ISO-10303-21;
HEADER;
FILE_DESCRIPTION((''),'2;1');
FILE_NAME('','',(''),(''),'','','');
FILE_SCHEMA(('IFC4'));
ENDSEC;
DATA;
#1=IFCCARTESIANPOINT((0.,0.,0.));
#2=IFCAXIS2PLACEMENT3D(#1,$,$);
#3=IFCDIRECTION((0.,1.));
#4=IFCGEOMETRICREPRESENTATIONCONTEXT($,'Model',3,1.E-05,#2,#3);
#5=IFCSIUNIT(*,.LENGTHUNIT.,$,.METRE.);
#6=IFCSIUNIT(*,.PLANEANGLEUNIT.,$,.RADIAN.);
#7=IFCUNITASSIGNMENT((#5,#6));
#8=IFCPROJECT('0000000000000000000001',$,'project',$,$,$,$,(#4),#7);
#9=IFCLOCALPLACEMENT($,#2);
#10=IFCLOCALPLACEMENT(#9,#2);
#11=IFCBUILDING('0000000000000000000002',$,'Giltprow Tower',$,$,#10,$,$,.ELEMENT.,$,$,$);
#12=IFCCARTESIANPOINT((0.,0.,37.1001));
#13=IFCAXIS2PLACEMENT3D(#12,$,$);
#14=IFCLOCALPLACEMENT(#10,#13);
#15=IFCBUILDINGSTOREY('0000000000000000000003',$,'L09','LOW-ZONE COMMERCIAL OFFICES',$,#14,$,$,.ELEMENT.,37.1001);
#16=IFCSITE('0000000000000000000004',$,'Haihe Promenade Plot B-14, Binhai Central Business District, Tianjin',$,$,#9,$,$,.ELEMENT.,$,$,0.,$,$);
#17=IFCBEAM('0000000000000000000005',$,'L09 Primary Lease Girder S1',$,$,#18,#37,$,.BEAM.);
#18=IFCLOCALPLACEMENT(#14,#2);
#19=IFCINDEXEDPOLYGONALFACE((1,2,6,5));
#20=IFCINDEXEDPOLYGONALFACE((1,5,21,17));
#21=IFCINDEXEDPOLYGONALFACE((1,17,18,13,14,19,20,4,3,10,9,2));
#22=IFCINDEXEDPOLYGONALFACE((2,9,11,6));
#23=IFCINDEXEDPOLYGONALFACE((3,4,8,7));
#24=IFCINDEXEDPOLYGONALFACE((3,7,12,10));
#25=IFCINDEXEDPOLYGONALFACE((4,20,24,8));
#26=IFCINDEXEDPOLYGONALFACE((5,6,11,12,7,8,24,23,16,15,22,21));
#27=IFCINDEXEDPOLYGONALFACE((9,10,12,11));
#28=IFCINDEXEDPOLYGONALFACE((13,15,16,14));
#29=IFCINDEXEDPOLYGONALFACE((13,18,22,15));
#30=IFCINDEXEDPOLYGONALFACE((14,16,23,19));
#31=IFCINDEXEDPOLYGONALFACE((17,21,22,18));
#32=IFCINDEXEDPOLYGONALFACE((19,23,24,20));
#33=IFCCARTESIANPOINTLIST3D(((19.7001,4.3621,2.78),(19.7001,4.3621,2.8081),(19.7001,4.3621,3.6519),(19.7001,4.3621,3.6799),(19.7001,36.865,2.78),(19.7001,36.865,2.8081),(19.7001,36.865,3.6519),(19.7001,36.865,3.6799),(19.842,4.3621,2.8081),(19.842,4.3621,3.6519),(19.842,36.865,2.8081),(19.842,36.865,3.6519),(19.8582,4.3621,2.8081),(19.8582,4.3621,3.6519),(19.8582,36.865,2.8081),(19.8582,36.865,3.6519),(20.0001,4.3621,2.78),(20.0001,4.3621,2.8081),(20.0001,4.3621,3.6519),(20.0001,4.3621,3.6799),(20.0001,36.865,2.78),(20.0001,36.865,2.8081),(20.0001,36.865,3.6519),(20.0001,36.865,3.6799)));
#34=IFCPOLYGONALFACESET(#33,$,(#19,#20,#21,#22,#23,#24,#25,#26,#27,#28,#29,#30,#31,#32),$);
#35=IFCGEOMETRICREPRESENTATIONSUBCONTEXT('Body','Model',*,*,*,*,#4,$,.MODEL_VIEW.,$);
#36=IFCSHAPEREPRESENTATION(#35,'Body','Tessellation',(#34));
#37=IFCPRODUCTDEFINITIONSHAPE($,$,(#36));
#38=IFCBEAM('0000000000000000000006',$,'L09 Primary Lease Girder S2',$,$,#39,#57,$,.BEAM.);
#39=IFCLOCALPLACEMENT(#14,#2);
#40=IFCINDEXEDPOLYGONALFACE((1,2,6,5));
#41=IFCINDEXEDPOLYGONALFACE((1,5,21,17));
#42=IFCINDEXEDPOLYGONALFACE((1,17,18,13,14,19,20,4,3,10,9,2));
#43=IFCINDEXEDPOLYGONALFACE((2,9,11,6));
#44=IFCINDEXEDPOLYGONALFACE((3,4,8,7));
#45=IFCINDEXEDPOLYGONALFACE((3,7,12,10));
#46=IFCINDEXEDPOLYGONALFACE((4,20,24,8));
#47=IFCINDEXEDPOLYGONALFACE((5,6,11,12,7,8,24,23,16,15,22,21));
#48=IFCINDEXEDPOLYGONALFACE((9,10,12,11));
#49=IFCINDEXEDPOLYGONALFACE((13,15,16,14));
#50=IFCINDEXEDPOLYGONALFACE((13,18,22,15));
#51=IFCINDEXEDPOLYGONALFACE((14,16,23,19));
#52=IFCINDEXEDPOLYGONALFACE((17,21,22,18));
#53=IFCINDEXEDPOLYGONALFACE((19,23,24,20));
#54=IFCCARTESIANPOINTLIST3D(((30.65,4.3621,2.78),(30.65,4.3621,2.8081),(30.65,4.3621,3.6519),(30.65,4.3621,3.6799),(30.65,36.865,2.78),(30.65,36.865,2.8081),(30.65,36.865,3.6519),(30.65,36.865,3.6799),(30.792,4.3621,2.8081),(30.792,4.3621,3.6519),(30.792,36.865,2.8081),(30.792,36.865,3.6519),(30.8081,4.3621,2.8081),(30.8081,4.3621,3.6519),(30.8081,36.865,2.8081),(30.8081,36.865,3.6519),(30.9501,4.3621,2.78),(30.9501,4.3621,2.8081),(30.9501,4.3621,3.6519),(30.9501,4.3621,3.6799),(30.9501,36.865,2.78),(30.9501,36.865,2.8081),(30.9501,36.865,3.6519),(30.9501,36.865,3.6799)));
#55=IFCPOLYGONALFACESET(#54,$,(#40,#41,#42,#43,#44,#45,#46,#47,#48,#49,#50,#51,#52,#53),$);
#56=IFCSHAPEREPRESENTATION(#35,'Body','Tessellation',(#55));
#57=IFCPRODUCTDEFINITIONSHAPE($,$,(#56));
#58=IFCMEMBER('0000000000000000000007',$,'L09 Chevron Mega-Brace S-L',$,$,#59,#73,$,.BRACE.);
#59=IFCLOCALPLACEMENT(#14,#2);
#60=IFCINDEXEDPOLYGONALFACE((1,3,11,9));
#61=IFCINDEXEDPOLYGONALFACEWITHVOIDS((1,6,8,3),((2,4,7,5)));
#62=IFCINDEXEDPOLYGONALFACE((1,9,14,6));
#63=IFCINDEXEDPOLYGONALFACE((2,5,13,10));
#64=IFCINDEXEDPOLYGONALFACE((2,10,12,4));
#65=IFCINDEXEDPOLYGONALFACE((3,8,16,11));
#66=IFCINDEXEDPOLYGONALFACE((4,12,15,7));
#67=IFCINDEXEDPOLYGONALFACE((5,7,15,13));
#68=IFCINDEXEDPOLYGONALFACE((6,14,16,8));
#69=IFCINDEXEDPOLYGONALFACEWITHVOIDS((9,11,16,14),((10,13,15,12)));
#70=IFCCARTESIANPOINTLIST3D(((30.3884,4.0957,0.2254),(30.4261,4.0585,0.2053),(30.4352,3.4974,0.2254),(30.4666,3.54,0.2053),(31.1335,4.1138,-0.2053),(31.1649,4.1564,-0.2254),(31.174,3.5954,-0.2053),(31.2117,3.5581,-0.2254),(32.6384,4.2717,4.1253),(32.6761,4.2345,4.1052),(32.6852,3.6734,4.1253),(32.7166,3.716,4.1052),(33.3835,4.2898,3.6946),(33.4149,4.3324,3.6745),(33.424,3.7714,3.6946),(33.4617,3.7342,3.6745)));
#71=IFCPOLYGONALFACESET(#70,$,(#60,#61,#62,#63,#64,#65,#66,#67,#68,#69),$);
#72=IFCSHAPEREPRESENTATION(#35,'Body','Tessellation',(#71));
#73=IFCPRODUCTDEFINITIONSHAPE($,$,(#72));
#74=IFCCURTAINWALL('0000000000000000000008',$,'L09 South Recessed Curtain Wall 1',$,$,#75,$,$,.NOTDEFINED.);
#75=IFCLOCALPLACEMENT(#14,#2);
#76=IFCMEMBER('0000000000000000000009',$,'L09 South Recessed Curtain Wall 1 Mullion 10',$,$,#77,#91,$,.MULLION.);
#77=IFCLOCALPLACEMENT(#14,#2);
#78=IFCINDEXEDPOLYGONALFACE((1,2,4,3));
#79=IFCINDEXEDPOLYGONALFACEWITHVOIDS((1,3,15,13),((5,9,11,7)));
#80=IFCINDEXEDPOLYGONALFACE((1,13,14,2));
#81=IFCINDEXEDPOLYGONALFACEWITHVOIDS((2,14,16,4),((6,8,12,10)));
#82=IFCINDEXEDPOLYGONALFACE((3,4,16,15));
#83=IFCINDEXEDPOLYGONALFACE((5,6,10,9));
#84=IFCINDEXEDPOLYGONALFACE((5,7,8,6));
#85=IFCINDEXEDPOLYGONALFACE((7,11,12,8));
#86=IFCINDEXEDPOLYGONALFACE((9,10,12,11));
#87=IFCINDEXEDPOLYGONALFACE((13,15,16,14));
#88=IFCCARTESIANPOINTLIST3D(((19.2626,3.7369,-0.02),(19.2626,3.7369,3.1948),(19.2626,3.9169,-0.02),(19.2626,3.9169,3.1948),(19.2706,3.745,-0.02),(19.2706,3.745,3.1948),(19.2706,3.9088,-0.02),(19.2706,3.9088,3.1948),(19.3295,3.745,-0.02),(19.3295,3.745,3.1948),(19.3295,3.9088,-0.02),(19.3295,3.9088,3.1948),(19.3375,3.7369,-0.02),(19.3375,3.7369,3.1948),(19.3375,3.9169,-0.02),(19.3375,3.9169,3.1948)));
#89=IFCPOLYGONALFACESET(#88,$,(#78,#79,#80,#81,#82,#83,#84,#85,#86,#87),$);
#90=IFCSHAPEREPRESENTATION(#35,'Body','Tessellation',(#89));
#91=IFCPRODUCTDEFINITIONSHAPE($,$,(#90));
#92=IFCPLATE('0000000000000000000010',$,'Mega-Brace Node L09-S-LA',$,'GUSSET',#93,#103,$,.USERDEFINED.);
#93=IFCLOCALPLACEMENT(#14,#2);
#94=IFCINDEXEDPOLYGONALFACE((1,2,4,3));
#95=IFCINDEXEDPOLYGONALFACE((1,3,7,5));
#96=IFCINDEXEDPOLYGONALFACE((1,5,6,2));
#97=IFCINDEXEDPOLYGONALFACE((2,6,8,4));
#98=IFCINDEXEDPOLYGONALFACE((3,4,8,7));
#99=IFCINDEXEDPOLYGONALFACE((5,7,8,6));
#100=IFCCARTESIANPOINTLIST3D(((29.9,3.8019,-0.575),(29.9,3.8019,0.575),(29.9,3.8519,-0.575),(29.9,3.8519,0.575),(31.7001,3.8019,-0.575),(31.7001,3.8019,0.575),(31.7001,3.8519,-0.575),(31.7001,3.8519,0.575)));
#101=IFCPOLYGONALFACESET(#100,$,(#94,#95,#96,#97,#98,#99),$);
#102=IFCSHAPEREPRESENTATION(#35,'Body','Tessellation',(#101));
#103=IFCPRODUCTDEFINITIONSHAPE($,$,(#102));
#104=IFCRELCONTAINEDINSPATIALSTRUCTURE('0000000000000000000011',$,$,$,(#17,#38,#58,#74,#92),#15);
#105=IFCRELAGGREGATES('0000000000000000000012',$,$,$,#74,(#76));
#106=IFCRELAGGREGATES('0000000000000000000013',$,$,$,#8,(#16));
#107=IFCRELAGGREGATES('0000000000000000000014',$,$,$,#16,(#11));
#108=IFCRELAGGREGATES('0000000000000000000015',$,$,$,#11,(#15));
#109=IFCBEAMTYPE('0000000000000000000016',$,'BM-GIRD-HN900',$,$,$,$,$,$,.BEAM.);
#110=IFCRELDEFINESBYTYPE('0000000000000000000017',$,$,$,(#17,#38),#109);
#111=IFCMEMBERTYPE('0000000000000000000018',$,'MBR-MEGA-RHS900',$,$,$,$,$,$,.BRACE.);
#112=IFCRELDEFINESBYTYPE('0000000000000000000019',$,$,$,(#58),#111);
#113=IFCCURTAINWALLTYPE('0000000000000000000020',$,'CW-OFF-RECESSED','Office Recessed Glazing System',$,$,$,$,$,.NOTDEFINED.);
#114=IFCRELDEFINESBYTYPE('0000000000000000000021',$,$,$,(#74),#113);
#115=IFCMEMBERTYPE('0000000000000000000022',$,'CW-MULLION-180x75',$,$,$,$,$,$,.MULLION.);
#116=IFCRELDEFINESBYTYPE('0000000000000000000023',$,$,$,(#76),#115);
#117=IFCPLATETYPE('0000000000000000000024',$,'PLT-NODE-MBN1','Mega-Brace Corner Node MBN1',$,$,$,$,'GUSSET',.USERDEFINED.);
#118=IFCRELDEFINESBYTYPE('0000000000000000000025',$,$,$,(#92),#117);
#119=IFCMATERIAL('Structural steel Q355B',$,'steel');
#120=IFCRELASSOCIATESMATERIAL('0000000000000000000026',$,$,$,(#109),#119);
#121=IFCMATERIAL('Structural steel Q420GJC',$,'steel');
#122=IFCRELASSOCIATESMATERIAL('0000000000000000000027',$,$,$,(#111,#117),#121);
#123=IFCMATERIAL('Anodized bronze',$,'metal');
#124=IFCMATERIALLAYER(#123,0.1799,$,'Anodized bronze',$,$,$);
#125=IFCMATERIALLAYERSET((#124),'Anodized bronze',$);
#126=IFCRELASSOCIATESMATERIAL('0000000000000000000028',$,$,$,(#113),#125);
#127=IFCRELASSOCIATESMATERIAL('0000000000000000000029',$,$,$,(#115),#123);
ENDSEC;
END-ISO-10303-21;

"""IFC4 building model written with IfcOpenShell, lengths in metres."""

from ifc_helpers import new_model, si_unit, direction, frame, origin, origin_2d, place, context, subcontext, project, spatial, rectangle, hollow_rectangle, i_section, extrude, source, transform, mapped, material, layer, layer_set, material_profile, profile_set, type_object, element, aggregate, save


model = new_model("IFC4")

# Units and contexts
model_context = context("Model", 3, precision=1e-05, world=origin(), true_north=direction((0.0, 1.0)))
body_context = subcontext(model_context, "Body", "Model", "MODEL_VIEW")
ifc_project = project(units=[si_unit("LENGTHUNIT", "METRE"), si_unit("PLANEANGLEUNIT", "RADIAN")], contexts=[model_context])

# Site, building, storey
site_placement = place(None, origin())
site = spatial("IfcSite", under=ifc_project, at=site_placement, Name="Haihe Promenade Plot B-14, Binhai Central Business District, Tianjin", CompositionType="ELEMENT", RefElevation=0.0)
building_placement = place(site_placement, origin())
building = spatial("IfcBuilding", under=site, at=building_placement, Name="Giltprow Tower", CompositionType="ELEMENT")
storey_placement = place(building_placement, frame((0.0, 0.0, 37.1001)))
storey = spatial("IfcBuildingStorey", under=building, at=storey_placement, Name="L09", Description="LOW-ZONE COMMERCIAL OFFICES", CompositionType="ELEMENT", Elevation=37.1001)

# Shared definitions
ifc_material_1 = material(Name="Structural steel Q420GJC", Category="steel")

# Beams
ifc_material_2 = material(Name="Structural steel Q355B", Category="steel")
ifc_material_profile_1 = material_profile(ifc_material_2, i_section(OverallWidth=0.3, OverallDepth=0.8999, WebThickness=0.0161, FlangeThickness=0.0281, at=origin_2d()), Name="HN 900x300x16x28")
ifc_profile_set_1 = profile_set([ifc_material_profile_1], Name="Structural steel Q355B")
beam_type_1 = type_object("IfcBeamType", Name="BM-GIRD-HN900", PredefinedType="BEAM", material=ifc_profile_set_1)
shared_shape_1 = source(origin(), body_context, "Body", "SweptSolid", [
    extrude(i_section(OverallWidth=0.3, OverallDepth=0.8999, WebThickness=0.0161, FlangeThickness=0.0281, at=origin_2d()), origin(), (0.0, 0.0, 1.0), 32.5029),
])
for number, where, z_axis, x_axis, name in (
    (1, (19.8501, 4.3621, 3.23), (0.0, 1.0, 0.0), (-1.0, 0.0, 0.0), "L09 Primary Lease Girder S1"),
    (2, (30.8, 4.3621, 3.23), (0.0, 1.0, 0.0), (-1.0, 0.0, 0.0), "L09 Primary Lease Girder S2"),
):
    element("IfcBeam", number, at=place(storey_placement, frame(where, z_axis=z_axis, x_axis=x_axis)), inside=storey, type_object=beam_type_1, Name=name, PredefinedType="BEAM", context=body_context, shape_type="MappedRepresentation", body=[
        mapped(shared_shape_1, transform((0.0, 0.0, 0.0), x_axis=(1.0, 0.0, 0.0), y_axis=(0.0, 1.0, 0.0), z_axis=(0.0, 0.0, 1.0), scale=1.0)),
    ])

# Member
ifc_material_profile_2 = material_profile(ifc_material_1, hollow_rectangle(XDim=0.6001, YDim=0.8999, WallThickness=0.04, at=origin_2d()), Name="RHS 900x600x40")
ifc_profile_set_2 = profile_set([ifc_material_profile_2], Name="Structural steel Q420GJC")
member_type_1 = type_object("IfcMemberType", Name="MBR-MEGA-RHS900", PredefinedType="BRACE", material=ifc_profile_set_2)
shared_shape_2 = source(origin(), body_context, "Body", "SweptSolid", [
    extrude(hollow_rectangle(XDim=0.6001, YDim=0.8999, WallThickness=0.04, at=origin_2d()), origin(), (0.0, 0.0, 1.0), 4.5059),
])
member_1_placement = place(storey_placement, frame((30.8, 3.8269, 0.0), z_axis=(0.49935, 0.039066, 0.865519), x_axis=(-0.077995, 0.996954, 0.0)))
element("IfcMember", 3, at=member_1_placement, inside=storey, type_object=member_type_1, Name="L09 Chevron Mega-Brace S-L", PredefinedType="BRACE", context=body_context, shape_type="MappedRepresentation", body=[
    mapped(shared_shape_2, transform((0.0, 0.0, 0.0), x_axis=(1.0, 0.0, 0.0), y_axis=(0.0, 1.0, 0.0), z_axis=(0.0, 0.0, 1.0), scale=1.0)),
])

# Curtain wall, member
ifc_material_3 = material(Name="Anodized bronze", Category="metal")
ifc_layer_1 = layer(ifc_material_3, 0.1799, Name="Anodized bronze")
ifc_layer_set_1 = layer_set([ifc_layer_1], Name="Anodized bronze")
curtain_wall_type = type_object("IfcCurtainWallType", Name="CW-OFF-RECESSED", Description="Office Recessed Glazing System", PredefinedType="NOTDEFINED", material=ifc_layer_set_1)
curtain_wall_placement = place(storey_placement, origin())
curtain_wall = element("IfcCurtainWall", 4, at=curtain_wall_placement, inside=storey, type_object=curtain_wall_type, Name="L09 South Recessed Curtain Wall 1", PredefinedType="NOTDEFINED")
ifc_material_profile_3 = material_profile(ifc_material_3, hollow_rectangle(XDim=0.075, YDim=0.1799, WallThickness=0.0081, at=origin_2d()), Name="RHS 180x75x8")
ifc_profile_set_3 = profile_set([ifc_material_profile_3], Name="Anodized bronze")
member_type_2 = type_object("IfcMemberType", Name="CW-MULLION-180x75", PredefinedType="MULLION", material=ifc_profile_set_3)
shared_shape_3 = source(origin(), body_context, "Body", "SweptSolid", [
    extrude(hollow_rectangle(XDim=0.075, YDim=0.1799, WallThickness=0.0081, at=origin_2d()), origin(), (0.0, 0.0, 1.0), 3.2148),
])
member_2_placement = place(storey_placement, frame((19.3, 3.8269, -0.02), z_axis=(0.0, 0.0, 1.0), x_axis=(1.0, 0.0, 0.0)))
member_2 = element("IfcMember", 5, at=member_2_placement, type_object=member_type_2, Name="L09 South Recessed Curtain Wall 1 Mullion 10", PredefinedType="MULLION", context=body_context, shape_type="MappedRepresentation", body=[
    mapped(shared_shape_3, transform((0.0, 0.0, 0.0), x_axis=(1.0, 0.0, 0.0), y_axis=(0.0, 1.0, 0.0), z_axis=(0.0, 0.0, 1.0), scale=1.0)),
])
aggregate(curtain_wall, [member_2])

# Plate
plate_type = type_object("IfcPlateType", Name="PLT-NODE-MBN1", Description="Mega-Brace Corner Node MBN1", ElementType="GUSSET", PredefinedType="USERDEFINED", material=ifc_material_1)
shared_shape_4 = source(origin(), body_context, "Body", "SweptSolid", [
    extrude(rectangle(XDim=1.8, YDim=0.05, at=origin_2d()), origin(), (0.0, 0.0, 1.0), 1.1499),
])
plate_placement = place(storey_placement, frame((30.8, 3.8269, -0.575), z_axis=(0.0, 0.0, 1.0), x_axis=(1.0, 0.0, 0.0)))
element("IfcPlate", 6, at=plate_placement, inside=storey, type_object=plate_type, Name="Mega-Brace Node L09-S-LA", ObjectType="GUSSET", PredefinedType="USERDEFINED", context=body_context, shape_type="MappedRepresentation", body=[
    mapped(shared_shape_4, transform((0.0, 0.0, 0.0), x_axis=(1.0, 0.0, 0.0), y_axis=(0.0, 1.0, 0.0), z_axis=(0.0, 0.0, 1.0), scale=1.0)),
])

save(model, "model.ifc")
